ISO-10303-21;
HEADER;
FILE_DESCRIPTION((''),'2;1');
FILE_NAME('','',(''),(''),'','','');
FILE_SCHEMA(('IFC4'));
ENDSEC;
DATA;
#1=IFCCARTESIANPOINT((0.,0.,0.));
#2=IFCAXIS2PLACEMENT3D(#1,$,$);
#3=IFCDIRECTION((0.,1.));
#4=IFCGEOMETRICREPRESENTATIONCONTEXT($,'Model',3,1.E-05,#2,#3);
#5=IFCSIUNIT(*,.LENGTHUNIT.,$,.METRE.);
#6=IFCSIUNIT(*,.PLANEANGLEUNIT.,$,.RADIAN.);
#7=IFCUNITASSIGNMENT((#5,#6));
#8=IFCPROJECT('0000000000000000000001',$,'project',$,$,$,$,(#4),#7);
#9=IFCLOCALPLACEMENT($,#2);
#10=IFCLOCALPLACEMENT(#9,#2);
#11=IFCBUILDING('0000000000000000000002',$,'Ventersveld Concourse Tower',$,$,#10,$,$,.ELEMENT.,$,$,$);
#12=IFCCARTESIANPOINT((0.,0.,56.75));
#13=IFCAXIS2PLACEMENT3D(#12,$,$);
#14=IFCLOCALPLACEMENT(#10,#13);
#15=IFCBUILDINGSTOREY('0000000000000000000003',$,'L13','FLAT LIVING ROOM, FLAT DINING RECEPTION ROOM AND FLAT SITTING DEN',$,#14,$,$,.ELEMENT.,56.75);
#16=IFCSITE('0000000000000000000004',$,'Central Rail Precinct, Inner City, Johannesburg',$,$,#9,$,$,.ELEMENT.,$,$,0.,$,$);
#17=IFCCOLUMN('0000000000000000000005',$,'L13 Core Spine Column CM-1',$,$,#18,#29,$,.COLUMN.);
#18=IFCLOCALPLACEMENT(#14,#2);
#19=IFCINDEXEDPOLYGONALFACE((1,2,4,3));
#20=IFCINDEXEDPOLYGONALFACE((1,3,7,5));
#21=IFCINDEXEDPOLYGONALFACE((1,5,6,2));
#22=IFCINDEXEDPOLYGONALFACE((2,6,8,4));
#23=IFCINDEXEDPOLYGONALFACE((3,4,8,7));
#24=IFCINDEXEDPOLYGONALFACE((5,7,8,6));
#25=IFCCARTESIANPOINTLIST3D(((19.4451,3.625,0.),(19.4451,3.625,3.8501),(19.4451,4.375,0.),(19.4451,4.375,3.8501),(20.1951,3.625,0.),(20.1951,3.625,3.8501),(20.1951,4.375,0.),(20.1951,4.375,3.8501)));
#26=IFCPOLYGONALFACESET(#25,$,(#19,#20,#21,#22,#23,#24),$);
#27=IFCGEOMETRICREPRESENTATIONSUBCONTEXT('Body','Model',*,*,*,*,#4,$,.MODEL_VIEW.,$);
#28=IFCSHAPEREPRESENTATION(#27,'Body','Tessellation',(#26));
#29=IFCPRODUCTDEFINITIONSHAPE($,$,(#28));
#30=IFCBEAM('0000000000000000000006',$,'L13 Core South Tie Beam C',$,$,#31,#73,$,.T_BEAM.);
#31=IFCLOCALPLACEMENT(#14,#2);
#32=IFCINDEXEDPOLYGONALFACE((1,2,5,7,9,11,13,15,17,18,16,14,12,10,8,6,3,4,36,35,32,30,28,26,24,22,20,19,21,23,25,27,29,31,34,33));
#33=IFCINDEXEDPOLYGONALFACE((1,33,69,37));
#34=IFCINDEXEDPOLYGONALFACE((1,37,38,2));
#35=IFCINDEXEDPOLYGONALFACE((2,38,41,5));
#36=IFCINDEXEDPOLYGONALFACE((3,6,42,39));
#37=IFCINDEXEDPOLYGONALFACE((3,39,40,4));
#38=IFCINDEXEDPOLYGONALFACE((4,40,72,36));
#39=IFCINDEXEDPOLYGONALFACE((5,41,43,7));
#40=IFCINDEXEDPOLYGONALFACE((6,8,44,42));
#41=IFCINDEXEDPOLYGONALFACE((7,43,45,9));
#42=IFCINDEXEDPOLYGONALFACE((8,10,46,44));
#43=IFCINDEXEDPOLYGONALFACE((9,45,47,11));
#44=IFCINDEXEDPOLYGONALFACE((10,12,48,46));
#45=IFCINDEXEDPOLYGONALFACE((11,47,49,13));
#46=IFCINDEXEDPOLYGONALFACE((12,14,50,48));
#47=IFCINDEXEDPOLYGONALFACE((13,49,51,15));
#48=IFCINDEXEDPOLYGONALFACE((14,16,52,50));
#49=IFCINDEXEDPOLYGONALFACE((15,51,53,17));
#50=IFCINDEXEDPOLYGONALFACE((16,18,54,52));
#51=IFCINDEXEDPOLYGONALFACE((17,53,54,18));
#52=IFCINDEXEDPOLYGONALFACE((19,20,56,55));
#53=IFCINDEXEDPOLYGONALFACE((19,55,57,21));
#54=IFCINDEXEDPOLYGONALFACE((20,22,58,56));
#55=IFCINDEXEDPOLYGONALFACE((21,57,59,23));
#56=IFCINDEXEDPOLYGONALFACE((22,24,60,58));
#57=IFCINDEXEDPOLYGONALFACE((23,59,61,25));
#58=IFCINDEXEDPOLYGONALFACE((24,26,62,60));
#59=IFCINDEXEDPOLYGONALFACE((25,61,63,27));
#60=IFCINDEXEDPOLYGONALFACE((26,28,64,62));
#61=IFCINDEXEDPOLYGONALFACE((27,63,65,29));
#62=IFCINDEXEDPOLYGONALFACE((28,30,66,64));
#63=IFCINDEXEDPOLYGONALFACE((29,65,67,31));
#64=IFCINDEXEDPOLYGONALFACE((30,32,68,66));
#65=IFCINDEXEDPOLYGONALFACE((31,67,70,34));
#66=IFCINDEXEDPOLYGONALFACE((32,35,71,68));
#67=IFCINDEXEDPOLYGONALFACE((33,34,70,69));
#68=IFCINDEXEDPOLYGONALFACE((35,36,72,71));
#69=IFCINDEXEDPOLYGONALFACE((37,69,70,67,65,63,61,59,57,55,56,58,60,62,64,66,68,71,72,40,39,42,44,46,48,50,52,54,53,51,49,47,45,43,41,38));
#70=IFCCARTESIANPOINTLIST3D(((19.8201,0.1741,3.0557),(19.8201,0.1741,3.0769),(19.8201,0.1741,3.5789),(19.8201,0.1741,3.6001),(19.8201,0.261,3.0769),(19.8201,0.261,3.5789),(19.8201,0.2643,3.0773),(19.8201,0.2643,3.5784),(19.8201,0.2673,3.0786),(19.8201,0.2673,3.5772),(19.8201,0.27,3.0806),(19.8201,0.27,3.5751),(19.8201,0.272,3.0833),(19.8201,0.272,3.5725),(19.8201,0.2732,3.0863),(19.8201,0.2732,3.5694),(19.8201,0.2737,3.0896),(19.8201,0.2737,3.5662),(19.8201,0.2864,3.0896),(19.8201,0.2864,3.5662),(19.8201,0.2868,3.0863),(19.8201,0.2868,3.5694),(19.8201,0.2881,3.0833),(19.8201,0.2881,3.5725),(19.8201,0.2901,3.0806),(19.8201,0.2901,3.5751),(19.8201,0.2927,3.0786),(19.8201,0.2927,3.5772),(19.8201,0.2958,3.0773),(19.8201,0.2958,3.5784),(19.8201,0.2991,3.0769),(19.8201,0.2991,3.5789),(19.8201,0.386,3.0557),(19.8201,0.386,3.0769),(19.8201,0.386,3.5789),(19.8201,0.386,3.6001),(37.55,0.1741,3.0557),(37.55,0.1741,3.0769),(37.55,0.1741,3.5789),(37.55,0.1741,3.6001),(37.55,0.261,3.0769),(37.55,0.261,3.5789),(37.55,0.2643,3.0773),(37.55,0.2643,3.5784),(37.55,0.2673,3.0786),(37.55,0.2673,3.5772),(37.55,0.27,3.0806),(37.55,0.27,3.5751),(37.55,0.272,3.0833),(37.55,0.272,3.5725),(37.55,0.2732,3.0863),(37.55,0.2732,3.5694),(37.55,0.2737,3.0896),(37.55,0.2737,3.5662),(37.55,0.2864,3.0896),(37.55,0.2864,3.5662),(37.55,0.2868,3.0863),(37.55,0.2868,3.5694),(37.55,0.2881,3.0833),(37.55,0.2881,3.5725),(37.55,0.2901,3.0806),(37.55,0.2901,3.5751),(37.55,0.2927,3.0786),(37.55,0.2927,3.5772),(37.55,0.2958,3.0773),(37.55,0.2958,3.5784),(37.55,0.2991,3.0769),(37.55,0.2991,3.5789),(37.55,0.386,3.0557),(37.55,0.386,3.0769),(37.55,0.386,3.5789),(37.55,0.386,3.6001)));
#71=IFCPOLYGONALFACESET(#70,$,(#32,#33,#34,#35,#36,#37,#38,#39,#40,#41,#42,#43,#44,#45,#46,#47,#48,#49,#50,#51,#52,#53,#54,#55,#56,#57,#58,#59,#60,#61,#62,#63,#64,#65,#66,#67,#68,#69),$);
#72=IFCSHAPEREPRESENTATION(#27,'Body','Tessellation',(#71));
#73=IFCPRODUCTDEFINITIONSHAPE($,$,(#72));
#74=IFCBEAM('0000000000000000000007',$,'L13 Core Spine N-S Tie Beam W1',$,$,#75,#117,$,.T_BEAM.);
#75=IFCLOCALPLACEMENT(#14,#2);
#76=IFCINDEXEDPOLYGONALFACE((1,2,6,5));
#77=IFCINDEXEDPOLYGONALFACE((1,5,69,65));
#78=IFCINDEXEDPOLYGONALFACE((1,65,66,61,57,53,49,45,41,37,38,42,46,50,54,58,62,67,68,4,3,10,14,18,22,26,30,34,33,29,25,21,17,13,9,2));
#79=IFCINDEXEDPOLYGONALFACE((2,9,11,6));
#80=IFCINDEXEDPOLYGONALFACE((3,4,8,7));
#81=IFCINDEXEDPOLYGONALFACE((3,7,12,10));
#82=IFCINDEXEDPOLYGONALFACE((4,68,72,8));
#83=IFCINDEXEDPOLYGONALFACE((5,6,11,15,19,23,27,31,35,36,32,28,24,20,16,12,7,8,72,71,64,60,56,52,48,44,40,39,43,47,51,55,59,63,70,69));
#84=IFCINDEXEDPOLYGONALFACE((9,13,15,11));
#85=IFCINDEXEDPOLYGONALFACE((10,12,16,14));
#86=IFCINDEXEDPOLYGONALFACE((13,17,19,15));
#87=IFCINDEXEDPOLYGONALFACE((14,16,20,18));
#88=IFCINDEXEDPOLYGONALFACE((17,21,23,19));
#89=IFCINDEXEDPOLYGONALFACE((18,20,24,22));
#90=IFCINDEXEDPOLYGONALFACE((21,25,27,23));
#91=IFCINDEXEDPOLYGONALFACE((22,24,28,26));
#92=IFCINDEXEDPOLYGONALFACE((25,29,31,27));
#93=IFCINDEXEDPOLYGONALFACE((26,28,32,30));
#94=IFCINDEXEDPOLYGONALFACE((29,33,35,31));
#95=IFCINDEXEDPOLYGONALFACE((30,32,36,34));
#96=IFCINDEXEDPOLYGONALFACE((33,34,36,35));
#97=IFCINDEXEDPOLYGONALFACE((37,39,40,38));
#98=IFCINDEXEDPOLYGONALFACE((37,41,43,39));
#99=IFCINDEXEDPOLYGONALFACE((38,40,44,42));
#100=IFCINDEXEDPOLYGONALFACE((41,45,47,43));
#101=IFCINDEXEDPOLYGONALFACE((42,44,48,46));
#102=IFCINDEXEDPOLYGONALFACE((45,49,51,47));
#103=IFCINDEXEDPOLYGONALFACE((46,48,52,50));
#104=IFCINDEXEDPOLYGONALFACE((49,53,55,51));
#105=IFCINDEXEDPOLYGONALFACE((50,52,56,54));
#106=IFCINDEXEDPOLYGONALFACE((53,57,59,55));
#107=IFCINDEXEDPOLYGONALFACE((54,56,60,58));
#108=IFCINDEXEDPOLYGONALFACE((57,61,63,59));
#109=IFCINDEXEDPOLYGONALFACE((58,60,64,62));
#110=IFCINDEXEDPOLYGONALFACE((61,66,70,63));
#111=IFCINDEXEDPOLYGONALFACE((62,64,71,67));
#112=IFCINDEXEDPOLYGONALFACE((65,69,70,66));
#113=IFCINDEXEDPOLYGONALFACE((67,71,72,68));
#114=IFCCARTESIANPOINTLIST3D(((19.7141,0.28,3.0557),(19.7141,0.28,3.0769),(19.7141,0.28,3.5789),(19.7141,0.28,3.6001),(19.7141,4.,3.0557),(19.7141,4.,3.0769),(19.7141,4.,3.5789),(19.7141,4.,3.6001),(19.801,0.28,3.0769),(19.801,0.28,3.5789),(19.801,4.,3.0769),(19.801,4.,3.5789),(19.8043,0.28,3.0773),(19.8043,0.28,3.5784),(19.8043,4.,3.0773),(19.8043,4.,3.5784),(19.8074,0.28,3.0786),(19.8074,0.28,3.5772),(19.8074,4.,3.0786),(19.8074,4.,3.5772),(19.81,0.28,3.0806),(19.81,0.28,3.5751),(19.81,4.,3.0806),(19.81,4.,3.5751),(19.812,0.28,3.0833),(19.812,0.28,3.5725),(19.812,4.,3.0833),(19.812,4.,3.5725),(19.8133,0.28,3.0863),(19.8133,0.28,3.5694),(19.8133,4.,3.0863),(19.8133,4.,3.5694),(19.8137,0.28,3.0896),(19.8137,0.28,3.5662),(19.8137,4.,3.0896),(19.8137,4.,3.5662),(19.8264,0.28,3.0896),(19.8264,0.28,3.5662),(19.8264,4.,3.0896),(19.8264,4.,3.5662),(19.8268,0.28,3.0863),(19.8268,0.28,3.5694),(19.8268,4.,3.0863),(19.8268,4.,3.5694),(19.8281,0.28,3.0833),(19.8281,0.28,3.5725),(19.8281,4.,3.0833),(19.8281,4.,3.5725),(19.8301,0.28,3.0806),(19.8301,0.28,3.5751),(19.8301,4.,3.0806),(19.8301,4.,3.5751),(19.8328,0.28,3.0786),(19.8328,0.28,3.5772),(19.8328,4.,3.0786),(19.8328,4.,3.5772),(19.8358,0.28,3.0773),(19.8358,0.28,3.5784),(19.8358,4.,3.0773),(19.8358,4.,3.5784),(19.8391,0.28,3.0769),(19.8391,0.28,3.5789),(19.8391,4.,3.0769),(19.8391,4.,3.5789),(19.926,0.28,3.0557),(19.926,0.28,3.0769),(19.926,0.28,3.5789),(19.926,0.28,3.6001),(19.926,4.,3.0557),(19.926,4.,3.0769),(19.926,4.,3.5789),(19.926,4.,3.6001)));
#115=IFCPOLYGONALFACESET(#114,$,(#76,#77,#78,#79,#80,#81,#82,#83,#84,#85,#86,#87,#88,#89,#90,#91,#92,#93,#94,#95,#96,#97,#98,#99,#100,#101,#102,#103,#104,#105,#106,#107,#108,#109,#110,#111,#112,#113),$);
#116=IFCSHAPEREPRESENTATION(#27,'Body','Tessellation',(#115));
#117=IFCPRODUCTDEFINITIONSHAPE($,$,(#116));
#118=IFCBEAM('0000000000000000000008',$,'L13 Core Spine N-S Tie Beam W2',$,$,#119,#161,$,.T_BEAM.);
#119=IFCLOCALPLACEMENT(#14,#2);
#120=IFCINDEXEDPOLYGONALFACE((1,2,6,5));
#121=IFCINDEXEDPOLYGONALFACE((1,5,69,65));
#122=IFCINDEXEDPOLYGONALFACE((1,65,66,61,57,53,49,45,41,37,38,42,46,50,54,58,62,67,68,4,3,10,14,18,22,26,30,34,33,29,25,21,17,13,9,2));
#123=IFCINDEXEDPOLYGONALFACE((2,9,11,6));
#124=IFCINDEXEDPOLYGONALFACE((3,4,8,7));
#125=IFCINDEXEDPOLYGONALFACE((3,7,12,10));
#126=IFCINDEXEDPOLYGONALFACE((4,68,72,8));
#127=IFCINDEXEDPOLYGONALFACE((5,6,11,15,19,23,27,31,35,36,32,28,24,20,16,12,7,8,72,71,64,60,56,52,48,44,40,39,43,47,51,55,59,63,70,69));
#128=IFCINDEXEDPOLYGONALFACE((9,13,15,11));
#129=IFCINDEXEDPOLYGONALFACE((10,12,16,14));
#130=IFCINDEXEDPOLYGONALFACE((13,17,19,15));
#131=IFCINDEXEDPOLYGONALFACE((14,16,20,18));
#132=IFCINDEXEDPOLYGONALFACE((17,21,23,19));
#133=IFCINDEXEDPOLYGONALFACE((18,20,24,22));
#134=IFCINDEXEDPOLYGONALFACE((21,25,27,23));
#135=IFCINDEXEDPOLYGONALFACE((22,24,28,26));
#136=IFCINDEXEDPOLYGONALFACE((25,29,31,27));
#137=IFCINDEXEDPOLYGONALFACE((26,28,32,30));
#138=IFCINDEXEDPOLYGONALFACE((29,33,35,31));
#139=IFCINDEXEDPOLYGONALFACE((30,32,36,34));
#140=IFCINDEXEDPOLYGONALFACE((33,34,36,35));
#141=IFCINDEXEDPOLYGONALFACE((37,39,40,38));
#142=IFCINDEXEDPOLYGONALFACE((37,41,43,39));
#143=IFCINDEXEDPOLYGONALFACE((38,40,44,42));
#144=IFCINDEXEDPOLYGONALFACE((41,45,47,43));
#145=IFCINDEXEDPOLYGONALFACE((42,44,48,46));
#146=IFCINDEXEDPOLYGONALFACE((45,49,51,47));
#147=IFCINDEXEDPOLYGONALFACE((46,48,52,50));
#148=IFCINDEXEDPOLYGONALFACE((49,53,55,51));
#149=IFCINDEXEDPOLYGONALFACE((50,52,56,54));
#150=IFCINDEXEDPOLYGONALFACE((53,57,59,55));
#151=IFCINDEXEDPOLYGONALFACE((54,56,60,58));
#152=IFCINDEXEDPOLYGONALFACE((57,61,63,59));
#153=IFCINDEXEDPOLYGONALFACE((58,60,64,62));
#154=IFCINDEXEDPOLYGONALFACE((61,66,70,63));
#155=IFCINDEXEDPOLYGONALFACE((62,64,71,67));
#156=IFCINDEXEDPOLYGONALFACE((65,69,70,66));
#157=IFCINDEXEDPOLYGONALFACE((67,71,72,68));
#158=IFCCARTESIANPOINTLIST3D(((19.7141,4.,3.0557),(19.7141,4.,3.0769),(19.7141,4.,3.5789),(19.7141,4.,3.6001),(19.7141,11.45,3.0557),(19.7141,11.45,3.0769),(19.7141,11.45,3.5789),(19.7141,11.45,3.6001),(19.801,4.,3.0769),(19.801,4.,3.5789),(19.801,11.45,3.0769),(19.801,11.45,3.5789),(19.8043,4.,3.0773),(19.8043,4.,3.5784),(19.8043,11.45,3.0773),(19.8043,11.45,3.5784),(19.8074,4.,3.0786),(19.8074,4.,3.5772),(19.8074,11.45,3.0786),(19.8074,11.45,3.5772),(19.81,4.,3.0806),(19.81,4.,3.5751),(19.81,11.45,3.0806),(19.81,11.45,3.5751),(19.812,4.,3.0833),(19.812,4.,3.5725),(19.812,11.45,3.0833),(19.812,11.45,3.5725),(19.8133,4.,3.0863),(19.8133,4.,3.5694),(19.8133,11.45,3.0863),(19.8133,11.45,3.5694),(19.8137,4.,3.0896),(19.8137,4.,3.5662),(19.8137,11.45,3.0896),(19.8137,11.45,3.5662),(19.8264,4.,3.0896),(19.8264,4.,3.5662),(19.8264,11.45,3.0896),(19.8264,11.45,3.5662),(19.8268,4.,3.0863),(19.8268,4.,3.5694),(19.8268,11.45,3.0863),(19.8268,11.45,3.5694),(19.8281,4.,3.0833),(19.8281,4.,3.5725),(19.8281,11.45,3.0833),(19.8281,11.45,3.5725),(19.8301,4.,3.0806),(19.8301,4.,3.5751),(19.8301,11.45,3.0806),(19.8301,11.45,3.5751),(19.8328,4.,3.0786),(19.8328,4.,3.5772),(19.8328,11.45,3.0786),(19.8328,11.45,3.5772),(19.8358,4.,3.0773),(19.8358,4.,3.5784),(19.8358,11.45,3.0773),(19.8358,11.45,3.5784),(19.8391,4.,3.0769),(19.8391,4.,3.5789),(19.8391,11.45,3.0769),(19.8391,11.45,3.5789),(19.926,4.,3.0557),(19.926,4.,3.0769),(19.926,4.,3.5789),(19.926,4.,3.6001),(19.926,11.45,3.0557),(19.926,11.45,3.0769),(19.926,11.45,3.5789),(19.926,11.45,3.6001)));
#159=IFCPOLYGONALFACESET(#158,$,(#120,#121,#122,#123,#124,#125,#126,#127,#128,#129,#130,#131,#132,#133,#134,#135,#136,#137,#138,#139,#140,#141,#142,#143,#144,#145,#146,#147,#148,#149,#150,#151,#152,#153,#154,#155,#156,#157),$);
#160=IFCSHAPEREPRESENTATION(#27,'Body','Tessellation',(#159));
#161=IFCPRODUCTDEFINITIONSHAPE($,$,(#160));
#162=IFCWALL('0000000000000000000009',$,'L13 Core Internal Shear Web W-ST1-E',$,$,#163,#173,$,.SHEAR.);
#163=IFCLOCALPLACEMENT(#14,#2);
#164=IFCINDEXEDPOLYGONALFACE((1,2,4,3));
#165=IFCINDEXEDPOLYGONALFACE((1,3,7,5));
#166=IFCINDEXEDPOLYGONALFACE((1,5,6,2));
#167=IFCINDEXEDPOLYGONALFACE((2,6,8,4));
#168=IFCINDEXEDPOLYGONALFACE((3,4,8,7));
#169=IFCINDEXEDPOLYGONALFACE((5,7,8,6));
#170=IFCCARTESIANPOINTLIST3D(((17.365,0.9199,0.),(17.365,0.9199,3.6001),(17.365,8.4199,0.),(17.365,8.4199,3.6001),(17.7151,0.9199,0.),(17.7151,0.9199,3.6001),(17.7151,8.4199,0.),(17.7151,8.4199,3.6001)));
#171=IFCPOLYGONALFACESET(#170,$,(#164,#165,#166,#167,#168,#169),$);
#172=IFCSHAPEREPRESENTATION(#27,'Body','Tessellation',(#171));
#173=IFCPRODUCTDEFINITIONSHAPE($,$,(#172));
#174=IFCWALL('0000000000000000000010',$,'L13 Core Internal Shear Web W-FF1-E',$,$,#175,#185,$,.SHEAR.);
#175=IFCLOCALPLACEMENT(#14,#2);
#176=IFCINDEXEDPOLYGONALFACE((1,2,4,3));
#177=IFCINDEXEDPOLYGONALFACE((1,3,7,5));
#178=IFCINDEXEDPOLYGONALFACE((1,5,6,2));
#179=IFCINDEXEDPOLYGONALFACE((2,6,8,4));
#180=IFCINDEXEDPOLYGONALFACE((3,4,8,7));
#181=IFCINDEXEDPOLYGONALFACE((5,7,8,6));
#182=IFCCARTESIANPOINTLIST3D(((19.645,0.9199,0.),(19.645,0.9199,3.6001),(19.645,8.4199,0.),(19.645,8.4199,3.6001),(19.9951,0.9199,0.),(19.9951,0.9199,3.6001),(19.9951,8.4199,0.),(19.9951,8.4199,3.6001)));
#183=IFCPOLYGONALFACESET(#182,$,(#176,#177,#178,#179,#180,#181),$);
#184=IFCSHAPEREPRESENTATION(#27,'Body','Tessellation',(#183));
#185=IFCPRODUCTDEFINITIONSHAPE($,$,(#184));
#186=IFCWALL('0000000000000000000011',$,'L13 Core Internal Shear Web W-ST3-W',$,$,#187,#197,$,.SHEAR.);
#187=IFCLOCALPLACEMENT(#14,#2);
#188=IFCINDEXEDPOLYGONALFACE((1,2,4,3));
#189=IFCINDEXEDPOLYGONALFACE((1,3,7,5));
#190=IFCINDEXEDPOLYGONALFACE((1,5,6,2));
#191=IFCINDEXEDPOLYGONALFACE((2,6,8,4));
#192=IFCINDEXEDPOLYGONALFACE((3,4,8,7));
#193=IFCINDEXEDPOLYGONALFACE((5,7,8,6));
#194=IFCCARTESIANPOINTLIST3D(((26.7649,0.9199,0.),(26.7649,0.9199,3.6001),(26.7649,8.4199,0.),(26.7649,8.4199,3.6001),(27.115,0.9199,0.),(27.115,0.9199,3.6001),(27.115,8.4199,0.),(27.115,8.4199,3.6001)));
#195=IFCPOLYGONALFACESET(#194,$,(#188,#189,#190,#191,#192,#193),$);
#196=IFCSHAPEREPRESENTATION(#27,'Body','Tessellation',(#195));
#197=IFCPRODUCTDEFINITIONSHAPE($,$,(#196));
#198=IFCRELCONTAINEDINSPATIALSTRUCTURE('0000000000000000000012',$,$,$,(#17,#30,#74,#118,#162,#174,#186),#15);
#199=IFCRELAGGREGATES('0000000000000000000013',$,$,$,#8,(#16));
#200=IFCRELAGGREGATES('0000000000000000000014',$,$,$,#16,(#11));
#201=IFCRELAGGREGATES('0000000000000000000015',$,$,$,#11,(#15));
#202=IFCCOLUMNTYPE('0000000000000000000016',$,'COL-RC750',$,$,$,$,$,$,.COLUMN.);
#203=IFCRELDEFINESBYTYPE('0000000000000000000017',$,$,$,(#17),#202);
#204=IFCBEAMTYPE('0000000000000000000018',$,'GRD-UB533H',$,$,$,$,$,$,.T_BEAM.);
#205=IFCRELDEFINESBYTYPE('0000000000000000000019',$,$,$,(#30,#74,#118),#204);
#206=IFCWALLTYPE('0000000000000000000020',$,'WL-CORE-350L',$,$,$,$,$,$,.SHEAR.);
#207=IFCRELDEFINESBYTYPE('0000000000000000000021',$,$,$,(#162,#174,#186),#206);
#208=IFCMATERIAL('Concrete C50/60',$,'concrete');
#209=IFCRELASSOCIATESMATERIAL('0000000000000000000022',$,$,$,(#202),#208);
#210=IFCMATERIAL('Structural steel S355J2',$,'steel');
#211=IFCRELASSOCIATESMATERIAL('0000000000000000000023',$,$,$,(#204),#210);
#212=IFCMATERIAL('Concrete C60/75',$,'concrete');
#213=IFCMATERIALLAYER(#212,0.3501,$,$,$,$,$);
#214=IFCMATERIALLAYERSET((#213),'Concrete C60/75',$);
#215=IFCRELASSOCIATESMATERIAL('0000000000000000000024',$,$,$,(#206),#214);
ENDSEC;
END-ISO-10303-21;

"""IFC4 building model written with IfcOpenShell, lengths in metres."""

from ifc_helpers import new_model, si_unit, direction, frame, frame_2d, origin, origin_2d, place, context, subcontext, project, spatial, rectangle, i_section, extrude, material, layer, layer_set, material_profile, profile_set, type_object, element, save


model = new_model("IFC4")

# Units and contexts
model_context = context("Model", 3, precision=1e-05, world=origin(), true_north=direction((0.0, 1.0)))
body_context = subcontext(model_context, "Body", "Model", "MODEL_VIEW")
ifc_project = project(units=[si_unit("LENGTHUNIT", "METRE"), si_unit("PLANEANGLEUNIT", "RADIAN")], contexts=[model_context])

# Site, building, storey
site_placement = place(None, origin())
site = spatial("IfcSite", under=ifc_project, at=site_placement, Name="Central Rail Precinct, Inner City, Johannesburg", CompositionType="ELEMENT", RefElevation=0.0)
building_placement = place(site_placement, origin())
building = spatial("IfcBuilding", under=site, at=building_placement, Name="Ventersveld Concourse Tower", CompositionType="ELEMENT")
storey_placement = place(building_placement, frame((0.0, 0.0, 56.75)))
storey = spatial("IfcBuildingStorey", under=building, at=storey_placement, Name="L13", Description="FLAT LIVING ROOM, FLAT DINING RECEPTION ROOM AND FLAT SITTING DEN", CompositionType="ELEMENT", Elevation=56.75)

# Column
ifc_material_1 = material(Name="Concrete C50/60", Category="concrete")
ifc_material_profile_1 = material_profile(ifc_material_1, rectangle(XDim=0.75, YDim=0.75, at=origin_2d()), Name="RC 750x750")
ifc_profile_set_1 = profile_set([ifc_material_profile_1], Name="Concrete C50/60")
column_type = type_object("IfcColumnType", Name="COL-RC750", PredefinedType="COLUMN", material=ifc_profile_set_1)
column_placement = place(storey_placement, frame((19.8201, 4.0, 0.0), z_axis=(0.0, 0.0, 1.0), x_axis=(1.0, 0.0, 0.0)))
element("IfcColumn", 1, at=column_placement, inside=storey, type_object=column_type, Name="L13 Core Spine Column CM-1", PredefinedType="COLUMN", context=body_context, shape_type="SweptSolid", body=[
    extrude(rectangle(XDim=0.75, YDim=0.75, at=origin_2d()), origin(), (0.0, 0.0, 1.0), 3.8501),
])

# Beams
ifc_material_2 = material(Name="Structural steel S355J2", Category="steel")
ifc_material_profile_2 = material_profile(ifc_material_2, i_section(OverallWidth=0.2119, OverallDepth=0.5444, WebThickness=0.0127, FlangeThickness=0.0212, FilletRadius=0.0127, at=origin_2d()), Name="UB 533x210x122")
ifc_profile_set_2 = profile_set([ifc_material_profile_2], Name="Structural steel S355J2")
beam_type = type_object("IfcBeamType", Name="GRD-UB533H", PredefinedType="T_BEAM", material=ifc_profile_set_2)
beam_1_placement = place(storey_placement, frame((19.8201, 0.28, 3.3279), z_axis=(1.0, 0.0, 0.0), x_axis=(0.0, 1.0, 0.0)))
element("IfcBeam", 2, at=beam_1_placement, inside=storey, type_object=beam_type, Name="L13 Core South Tie Beam C", PredefinedType="T_BEAM", context=body_context, shape_type="SweptSolid", body=[
    extrude(i_section(OverallWidth=0.2119, OverallDepth=0.5444, WebThickness=0.0127, FlangeThickness=0.0212, FilletRadius=0.0127, at=origin_2d()), origin(), (0.0, 0.0, 1.0), 17.73),
])
beam_2_placement = place(storey_placement, frame((19.8201, 0.28, 3.3279), z_axis=(0.0, 1.0, 0.0), x_axis=(-1.0, 0.0, 0.0)))
element("IfcBeam", 3, at=beam_2_placement, inside=storey, type_object=beam_type, Name="L13 Core Spine N-S Tie Beam W1", PredefinedType="T_BEAM", context=body_context, shape_type="SweptSolid", body=[
    extrude(i_section(OverallWidth=0.2119, OverallDepth=0.5444, WebThickness=0.0127, FlangeThickness=0.0212, FilletRadius=0.0127, at=origin_2d()), origin(), (0.0, 0.0, 1.0), 3.72),
])
beam_3_placement = place(storey_placement, frame((19.8201, 4.0, 3.3279), z_axis=(0.0, 1.0, 0.0), x_axis=(-1.0, 0.0, 0.0)))
element("IfcBeam", 4, at=beam_3_placement, inside=storey, type_object=beam_type, Name="L13 Core Spine N-S Tie Beam W2", PredefinedType="T_BEAM", context=body_context, shape_type="SweptSolid", body=[
    extrude(i_section(OverallWidth=0.2119, OverallDepth=0.5444, WebThickness=0.0127, FlangeThickness=0.0212, FilletRadius=0.0127, at=origin_2d()), origin(), (0.0, 0.0, 1.0), 7.45),
])

# Walls
ifc_material_3 = material(Name="Concrete C60/75", Category="concrete")
ifc_layer_1 = layer(ifc_material_3, 0.3501)
ifc_layer_set_1 = layer_set([ifc_layer_1], Name="Concrete C60/75")
wall_type_1 = type_object("IfcWallType", Name="WL-CORE-350L", PredefinedType="SHEAR", material=ifc_layer_set_1)
for number, where, z_axis, x_axis, name in (
    (5, (17.54, 0.9199, 0.0), (0.0, 0.0, 1.0), (0.0, 1.0, 0.0), "L13 Core Internal Shear Web W-ST1-E"),
    (6, (19.8201, 0.9199, 0.0), (0.0, 0.0, 1.0), (0.0, 1.0, 0.0), "L13 Core Internal Shear Web W-FF1-E"),
    (7, (26.9399, 0.9199, 0.0), (0.0, 0.0, 1.0), (0.0, 1.0, 0.0), "L13 Core Internal Shear Web W-ST3-W"),
):
    element("IfcWall", number, at=place(storey_placement, frame(where, z_axis=z_axis, x_axis=x_axis)), inside=storey, type_object=wall_type_1, Name=name, PredefinedType="SHEAR", context=body_context, shape_type="SweptSolid", body=[
        extrude(rectangle(XDim=7.5, YDim=0.3501, at=frame_2d((3.75, 0.0))), origin(), (0.0, 0.0, 1.0), 3.6001),
    ])

save(model, "model.ifc")
